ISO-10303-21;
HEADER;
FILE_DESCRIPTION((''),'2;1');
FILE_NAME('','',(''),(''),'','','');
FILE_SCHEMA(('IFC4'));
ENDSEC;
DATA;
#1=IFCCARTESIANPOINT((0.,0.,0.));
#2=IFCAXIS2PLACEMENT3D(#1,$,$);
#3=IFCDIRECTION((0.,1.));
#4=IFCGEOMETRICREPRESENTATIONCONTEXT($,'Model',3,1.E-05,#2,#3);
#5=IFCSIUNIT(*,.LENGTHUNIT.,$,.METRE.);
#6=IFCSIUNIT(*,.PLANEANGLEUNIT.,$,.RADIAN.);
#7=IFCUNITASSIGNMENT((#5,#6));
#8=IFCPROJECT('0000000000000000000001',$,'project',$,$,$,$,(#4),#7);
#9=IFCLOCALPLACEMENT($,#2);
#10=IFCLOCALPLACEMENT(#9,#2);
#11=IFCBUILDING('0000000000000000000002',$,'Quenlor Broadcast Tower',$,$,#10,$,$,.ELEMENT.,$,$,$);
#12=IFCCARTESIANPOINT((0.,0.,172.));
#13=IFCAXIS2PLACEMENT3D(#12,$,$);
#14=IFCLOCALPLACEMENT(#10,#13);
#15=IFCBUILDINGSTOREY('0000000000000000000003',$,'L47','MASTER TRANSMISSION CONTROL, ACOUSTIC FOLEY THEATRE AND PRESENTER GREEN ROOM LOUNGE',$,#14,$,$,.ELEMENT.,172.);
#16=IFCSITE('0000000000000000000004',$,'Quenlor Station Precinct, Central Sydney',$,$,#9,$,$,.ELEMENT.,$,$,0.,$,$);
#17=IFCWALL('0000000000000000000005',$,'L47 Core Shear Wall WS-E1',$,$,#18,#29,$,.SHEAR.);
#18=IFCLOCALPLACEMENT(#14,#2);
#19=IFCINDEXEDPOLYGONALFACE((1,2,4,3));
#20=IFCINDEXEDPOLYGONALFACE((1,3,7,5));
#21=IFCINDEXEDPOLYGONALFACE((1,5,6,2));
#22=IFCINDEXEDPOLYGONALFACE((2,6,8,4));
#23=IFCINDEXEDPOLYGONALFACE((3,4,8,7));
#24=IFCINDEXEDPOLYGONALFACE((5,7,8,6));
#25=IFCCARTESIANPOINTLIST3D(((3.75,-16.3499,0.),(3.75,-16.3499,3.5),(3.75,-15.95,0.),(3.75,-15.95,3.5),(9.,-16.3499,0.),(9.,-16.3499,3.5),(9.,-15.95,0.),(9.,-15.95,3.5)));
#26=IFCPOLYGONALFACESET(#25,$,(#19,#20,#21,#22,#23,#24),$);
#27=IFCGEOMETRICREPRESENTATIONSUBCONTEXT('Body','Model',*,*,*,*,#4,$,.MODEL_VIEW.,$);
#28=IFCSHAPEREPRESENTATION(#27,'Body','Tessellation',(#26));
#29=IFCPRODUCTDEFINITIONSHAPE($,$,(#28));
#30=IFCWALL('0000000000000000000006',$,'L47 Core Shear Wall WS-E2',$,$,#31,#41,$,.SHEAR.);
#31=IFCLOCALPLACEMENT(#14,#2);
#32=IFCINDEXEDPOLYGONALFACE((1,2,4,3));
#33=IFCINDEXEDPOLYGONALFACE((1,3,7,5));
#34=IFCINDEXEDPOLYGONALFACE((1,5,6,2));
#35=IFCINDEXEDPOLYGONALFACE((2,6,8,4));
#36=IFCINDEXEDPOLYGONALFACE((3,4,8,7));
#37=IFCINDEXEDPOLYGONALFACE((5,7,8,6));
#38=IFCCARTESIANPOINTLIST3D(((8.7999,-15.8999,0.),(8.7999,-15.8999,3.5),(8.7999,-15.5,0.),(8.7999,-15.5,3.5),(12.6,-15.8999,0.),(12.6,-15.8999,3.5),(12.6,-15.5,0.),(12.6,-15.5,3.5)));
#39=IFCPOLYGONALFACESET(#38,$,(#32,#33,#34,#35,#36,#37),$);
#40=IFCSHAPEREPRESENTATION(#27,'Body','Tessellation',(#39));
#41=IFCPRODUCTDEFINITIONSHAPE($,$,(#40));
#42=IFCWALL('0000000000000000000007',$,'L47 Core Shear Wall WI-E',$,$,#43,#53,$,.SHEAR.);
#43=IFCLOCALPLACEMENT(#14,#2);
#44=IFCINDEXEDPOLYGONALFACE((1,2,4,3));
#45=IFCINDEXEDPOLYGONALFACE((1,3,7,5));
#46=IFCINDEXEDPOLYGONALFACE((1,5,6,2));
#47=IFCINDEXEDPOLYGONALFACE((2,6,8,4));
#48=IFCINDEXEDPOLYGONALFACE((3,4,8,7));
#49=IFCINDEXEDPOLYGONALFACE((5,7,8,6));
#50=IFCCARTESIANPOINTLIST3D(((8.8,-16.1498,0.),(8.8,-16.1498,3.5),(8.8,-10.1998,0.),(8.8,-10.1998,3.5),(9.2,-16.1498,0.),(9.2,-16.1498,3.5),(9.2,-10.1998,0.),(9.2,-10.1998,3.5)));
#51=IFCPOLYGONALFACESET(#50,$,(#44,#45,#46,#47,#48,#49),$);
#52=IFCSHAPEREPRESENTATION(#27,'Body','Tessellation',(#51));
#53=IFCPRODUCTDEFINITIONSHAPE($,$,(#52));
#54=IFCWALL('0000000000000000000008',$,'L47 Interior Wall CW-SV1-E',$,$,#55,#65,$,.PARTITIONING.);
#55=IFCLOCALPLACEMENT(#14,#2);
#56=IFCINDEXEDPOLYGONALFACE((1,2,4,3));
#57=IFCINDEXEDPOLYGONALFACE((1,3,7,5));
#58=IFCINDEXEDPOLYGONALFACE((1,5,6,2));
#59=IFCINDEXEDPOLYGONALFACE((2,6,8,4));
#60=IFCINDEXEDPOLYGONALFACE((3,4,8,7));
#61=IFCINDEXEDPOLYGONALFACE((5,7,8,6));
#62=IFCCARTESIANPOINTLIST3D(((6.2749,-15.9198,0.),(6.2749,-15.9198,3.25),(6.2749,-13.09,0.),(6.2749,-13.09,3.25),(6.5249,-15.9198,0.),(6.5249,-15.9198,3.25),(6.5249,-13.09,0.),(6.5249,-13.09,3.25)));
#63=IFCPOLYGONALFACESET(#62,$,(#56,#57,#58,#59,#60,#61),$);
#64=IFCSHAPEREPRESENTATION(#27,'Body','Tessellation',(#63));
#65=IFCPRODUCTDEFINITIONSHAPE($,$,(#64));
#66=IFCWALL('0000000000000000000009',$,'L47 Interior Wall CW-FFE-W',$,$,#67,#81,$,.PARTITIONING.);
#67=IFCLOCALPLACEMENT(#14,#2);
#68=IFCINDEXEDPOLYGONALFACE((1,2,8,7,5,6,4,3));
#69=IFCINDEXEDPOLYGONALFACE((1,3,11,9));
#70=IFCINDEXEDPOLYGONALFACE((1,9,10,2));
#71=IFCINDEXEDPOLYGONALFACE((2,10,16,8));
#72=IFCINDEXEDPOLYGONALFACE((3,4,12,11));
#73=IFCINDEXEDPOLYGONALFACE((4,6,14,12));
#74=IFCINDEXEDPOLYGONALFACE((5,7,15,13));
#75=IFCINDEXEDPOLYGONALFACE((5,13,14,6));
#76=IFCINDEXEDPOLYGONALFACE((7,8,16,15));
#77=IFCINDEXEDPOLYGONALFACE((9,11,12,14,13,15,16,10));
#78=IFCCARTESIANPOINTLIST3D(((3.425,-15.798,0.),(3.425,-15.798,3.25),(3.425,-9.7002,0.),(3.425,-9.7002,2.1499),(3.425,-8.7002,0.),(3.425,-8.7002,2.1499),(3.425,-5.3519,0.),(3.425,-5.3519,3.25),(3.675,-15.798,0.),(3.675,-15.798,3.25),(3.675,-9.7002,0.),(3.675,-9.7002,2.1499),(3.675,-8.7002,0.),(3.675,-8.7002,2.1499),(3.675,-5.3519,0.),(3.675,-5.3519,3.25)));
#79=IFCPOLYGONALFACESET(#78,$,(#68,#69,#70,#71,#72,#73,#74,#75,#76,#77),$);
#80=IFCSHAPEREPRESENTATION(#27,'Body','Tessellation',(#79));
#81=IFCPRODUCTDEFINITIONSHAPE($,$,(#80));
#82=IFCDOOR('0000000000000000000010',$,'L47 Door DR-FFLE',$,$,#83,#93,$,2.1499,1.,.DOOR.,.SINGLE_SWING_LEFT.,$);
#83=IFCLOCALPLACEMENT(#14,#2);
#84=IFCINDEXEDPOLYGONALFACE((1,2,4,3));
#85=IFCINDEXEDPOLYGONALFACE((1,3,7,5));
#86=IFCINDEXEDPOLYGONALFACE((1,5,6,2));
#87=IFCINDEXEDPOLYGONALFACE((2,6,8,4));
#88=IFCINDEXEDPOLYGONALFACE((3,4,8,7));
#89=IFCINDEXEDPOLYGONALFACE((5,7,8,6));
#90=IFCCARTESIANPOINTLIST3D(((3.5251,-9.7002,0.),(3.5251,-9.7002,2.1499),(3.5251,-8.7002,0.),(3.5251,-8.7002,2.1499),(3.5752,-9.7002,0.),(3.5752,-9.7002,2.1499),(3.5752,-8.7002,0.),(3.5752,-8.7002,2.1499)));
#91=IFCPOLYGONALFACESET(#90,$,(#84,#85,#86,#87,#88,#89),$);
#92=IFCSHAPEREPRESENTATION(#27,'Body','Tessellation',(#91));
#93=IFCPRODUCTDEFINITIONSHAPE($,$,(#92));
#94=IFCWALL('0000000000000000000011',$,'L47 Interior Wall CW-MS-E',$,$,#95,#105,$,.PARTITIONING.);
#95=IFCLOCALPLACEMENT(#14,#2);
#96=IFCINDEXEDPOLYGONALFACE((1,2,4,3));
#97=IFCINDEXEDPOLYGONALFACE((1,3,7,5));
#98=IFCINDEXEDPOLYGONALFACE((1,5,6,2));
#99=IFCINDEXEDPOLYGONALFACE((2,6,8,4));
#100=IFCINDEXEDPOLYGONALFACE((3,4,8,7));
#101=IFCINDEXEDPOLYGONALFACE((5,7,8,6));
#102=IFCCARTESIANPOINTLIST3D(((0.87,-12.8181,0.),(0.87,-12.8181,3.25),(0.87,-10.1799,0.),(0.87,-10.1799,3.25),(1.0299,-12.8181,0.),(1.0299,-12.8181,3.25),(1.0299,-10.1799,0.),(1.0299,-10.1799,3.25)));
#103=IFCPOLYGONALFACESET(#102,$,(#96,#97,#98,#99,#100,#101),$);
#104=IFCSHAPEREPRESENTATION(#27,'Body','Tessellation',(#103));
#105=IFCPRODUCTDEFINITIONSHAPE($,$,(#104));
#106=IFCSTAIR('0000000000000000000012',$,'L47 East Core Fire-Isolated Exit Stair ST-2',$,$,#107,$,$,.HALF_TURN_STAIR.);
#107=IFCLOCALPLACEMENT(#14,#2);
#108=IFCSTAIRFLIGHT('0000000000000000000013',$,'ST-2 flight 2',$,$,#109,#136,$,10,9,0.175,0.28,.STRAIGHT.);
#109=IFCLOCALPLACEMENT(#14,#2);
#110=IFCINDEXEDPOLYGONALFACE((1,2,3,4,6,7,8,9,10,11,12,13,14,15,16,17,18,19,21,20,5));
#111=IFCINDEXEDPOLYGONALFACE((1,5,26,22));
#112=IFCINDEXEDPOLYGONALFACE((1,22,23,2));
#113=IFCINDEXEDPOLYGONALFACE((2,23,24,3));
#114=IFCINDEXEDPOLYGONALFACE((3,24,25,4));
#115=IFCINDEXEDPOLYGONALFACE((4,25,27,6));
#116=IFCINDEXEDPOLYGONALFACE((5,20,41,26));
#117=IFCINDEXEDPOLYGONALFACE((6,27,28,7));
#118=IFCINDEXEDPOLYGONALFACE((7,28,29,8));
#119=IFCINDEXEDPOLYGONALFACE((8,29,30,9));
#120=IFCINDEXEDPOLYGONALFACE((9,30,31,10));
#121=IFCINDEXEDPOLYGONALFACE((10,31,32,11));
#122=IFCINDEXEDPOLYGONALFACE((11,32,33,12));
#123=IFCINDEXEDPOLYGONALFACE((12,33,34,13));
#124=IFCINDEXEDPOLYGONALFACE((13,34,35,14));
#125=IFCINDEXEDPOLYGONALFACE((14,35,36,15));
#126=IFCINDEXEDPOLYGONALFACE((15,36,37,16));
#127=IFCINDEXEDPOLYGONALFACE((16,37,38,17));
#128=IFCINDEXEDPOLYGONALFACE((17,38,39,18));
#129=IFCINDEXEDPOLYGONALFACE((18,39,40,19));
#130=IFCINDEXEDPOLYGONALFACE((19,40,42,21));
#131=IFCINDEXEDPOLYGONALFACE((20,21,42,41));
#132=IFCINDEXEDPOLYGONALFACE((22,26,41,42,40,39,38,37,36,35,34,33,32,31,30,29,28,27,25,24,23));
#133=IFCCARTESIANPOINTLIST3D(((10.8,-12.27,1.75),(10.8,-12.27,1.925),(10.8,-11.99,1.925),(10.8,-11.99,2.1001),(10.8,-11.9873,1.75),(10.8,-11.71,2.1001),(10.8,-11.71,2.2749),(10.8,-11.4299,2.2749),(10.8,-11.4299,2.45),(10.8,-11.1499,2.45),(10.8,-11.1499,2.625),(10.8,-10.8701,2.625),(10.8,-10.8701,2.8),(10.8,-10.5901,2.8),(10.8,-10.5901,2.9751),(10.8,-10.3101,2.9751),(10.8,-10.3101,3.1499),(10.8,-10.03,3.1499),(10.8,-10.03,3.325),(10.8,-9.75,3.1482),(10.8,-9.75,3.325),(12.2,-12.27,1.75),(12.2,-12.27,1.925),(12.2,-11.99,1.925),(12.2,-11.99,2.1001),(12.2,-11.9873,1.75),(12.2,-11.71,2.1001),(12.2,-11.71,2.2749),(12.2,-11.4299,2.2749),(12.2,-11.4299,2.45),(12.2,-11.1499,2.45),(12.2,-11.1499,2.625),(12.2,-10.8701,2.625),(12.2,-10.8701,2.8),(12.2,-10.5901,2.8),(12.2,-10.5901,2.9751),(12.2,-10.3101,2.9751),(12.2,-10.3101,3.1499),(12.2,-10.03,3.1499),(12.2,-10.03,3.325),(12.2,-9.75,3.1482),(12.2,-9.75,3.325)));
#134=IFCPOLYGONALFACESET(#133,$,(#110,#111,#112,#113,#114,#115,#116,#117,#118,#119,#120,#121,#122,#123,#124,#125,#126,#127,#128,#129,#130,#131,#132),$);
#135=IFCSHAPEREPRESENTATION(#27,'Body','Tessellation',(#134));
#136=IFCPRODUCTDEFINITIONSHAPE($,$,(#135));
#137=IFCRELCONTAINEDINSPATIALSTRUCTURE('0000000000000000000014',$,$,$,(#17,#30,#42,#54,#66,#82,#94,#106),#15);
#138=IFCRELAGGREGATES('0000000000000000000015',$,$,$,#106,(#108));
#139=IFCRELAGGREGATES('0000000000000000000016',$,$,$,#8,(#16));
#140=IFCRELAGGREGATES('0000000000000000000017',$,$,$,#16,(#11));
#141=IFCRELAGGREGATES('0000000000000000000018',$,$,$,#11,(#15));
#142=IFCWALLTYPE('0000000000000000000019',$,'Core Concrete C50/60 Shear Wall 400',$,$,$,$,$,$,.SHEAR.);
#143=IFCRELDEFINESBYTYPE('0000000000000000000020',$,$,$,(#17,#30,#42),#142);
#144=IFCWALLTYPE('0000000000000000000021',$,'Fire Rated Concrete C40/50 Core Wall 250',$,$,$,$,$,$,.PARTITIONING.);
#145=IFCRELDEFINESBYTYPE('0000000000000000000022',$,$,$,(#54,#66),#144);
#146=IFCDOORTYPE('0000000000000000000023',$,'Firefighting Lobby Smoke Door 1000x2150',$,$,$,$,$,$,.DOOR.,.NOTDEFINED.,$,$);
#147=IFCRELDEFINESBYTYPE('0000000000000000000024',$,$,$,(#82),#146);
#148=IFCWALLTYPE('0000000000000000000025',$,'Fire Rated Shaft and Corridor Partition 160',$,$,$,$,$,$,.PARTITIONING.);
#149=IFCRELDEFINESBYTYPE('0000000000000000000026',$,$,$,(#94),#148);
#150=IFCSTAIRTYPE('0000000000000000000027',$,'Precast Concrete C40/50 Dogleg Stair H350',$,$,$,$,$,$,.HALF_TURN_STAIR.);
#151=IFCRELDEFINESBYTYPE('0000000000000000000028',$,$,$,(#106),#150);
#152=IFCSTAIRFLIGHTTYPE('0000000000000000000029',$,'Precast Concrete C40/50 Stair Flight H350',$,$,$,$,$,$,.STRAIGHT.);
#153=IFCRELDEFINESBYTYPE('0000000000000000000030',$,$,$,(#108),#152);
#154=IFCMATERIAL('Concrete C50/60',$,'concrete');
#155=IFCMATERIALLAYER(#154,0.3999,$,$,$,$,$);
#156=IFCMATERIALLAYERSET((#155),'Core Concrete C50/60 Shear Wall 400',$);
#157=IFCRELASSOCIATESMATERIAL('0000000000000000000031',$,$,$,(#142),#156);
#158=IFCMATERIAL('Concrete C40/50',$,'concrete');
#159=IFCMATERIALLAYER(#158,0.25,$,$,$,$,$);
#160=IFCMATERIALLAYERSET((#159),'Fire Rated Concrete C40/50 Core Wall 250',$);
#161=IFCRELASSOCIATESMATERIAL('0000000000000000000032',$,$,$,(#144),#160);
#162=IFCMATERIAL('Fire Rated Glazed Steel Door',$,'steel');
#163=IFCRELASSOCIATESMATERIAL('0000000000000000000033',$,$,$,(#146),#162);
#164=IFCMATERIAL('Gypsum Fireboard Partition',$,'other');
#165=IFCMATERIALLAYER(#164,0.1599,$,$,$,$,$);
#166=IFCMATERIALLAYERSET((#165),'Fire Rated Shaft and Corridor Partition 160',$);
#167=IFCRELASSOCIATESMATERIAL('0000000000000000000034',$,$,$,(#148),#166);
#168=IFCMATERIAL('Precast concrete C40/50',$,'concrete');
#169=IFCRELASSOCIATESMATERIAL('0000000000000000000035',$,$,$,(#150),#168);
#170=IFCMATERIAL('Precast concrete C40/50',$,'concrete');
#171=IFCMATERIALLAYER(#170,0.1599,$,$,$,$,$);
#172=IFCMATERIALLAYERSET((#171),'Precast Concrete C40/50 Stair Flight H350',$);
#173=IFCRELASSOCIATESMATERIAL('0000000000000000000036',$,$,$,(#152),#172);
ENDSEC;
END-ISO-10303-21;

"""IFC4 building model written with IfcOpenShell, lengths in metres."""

from ifc_helpers import new_model, si_unit, direction, frame, frame_2d, origin, place, context, subcontext, project, spatial, polyline, rectangle, outline, extrude, material, layer, layer_set, type_object, element, fill, aggregate, save


model = new_model("IFC4")

# Units and contexts
model_context = context("Model", 3, precision=1e-05, world=origin(), true_north=direction((0.0, 1.0)))
body_context = subcontext(model_context, "Body", "Model", "MODEL_VIEW")
ifc_project = project(units=[si_unit("LENGTHUNIT", "METRE"), si_unit("PLANEANGLEUNIT", "RADIAN")], contexts=[model_context])

# Site, building, storey
site_placement = place(None, origin())
site = spatial("IfcSite", under=ifc_project, at=site_placement, Name="Quenlor Station Precinct, Central Sydney", CompositionType="ELEMENT", RefElevation=0.0)
building_placement = place(site_placement, origin())
building = spatial("IfcBuilding", under=site, at=building_placement, Name="Quenlor Broadcast Tower", CompositionType="ELEMENT")
storey_placement = place(building_placement, frame((0.0, 0.0, 172.0)))
storey = spatial("IfcBuildingStorey", under=building, at=storey_placement, Name="L47", Description="MASTER TRANSMISSION CONTROL, ACOUSTIC FOLEY THEATRE AND PRESENTER GREEN ROOM LOUNGE", CompositionType="ELEMENT", Elevation=172.0)

# Walls
ifc_material_1 = material(Name="Concrete C50/60", Category="concrete")
ifc_layer_1 = layer(ifc_material_1, 0.3999)
ifc_layer_set_1 = layer_set([ifc_layer_1], Name="Core Concrete C50/60 Shear Wall 400")
wall_type_1 = type_object("IfcWallType", Name="Core Concrete C50/60 Shear Wall 400", PredefinedType="SHEAR", material=ifc_layer_set_1)
wall_1_placement = place(storey_placement, frame((3.75, -16.1499, 0.0), z_axis=(0.0, 0.0, 1.0), x_axis=(1.0, 0.0, 0.0)))
element("IfcWall", 1, at=wall_1_placement, inside=storey, type_object=wall_type_1, Name="L47 Core Shear Wall WS-E1", PredefinedType="SHEAR", context=body_context, shape_type="SweptSolid", body=[
    extrude(rectangle(XDim=5.25, YDim=0.3999, at=frame_2d((2.625, 0.0))), origin(), (0.0, 0.0, 1.0), 3.5),
])
wall_2_placement = place(storey_placement, frame((8.8, -15.7, 0.0), z_axis=(0.0, 0.0, 1.0), x_axis=(1.0, 0.0, 0.0)))
element("IfcWall", 2, at=wall_2_placement, inside=storey, type_object=wall_type_1, Name="L47 Core Shear Wall WS-E2", PredefinedType="SHEAR", context=body_context, shape_type="SweptSolid", body=[
    extrude(rectangle(XDim=3.8, YDim=0.3999, at=frame_2d((1.8999, 0.0))), origin(), (0.0, 0.0, 1.0), 3.5),
])
wall_3_placement = place(storey_placement, frame((9.0, -16.1499, 0.0), z_axis=(0.0, 0.0, 1.0), x_axis=(0.0, 1.0, 0.0)))
element("IfcWall", 3, at=wall_3_placement, inside=storey, type_object=wall_type_1, Name="L47 Core Shear Wall WI-E", PredefinedType="SHEAR", context=body_context, shape_type="SweptSolid", body=[
    extrude(rectangle(XDim=5.95, YDim=0.3999, at=frame_2d((2.9751, 0.0))), origin(), (0.0, 0.0, 1.0), 3.5),
])

# Shared definitions
ifc_material_2 = material(Name="Concrete C40/50", Category="concrete")
ifc_layer_2 = layer(ifc_material_2, 0.25)
ifc_layer_set_2 = layer_set([ifc_layer_2], Name="Fire Rated Concrete C40/50 Core Wall 250")
wall_type_2 = type_object("IfcWallType", Name="Fire Rated Concrete C40/50 Core Wall 250", PredefinedType="PARTITIONING", material=ifc_layer_set_2)

# Wall
wall_4_placement = place(storey_placement, frame((6.3999, -15.9199, 0.0), z_axis=(0.0, 0.0, 1.0), x_axis=(0.0, 1.0, 0.0)))
element("IfcWall", 4, at=wall_4_placement, inside=storey, type_object=wall_type_2, Name="L47 Interior Wall CW-SV1-E", PredefinedType="PARTITIONING", context=body_context, shape_type="SweptSolid", body=[
    extrude(rectangle(XDim=2.8298, YDim=0.25, at=frame_2d((1.415, 0.0))), origin(), (0.0, 0.0, 1.0), 3.25),
])

# Wall, opening, door
wall_5_placement = place(storey_placement, frame((3.55, -15.7981, 0.0), z_axis=(0.0, 0.0, 1.0), x_axis=(0.0, 1.0, 0.0)))
wall_5 = element("IfcWall", 5, at=wall_5_placement, inside=storey, type_object=wall_type_2, Name="L47 Interior Wall CW-FFE-W", PredefinedType="PARTITIONING", context=body_context, shape_type="SweptSolid", body=[
    extrude(rectangle(XDim=10.446, YDim=0.25, at=frame_2d((5.2231, 0.0))), origin(), (0.0, 0.0, 1.0), 3.25),
])
opening_1_placement = place(wall_5_placement, frame((6.0979, 0.0, 0.0)))
opening_1 = element("IfcOpeningElement", 6, at=opening_1_placement, cuts=wall_5, PredefinedType="OPENING", context=body_context, shape_type="SweptSolid", body=[
    extrude(rectangle(XDim=1.0, YDim=2.1499, at=frame_2d((0.5, 1.075))), frame((0.0, 0.135, 0.0), z_axis=(0.0, -1.0, 0.0), x_axis=(1.0, 0.0, 0.0)), (0.0, 0.0, 1.0), 0.27),
])
ifc_material_3 = material(Name="Fire Rated Glazed Steel Door", Category="steel")
door_type_1 = type_object("IfcDoorType", Name="Firefighting Lobby Smoke Door 1000x2150", OperationType="NOTDEFINED", PredefinedType="DOOR", material=ifc_material_3)
door_1_placement = place(opening_1_placement, origin())
door_1 = element("IfcDoor", 7, at=door_1_placement, inside=storey, type_object=door_type_1, Name="L47 Door DR-FFLE", OperationType="SINGLE_SWING_LEFT", OverallHeight=2.1499, OverallWidth=1.0, PredefinedType="DOOR", context=body_context, shape_type="SweptSolid", body=[
    extrude(rectangle(XDim=1.0, YDim=2.1499, at=frame_2d((0.5, 1.075))), frame((0.0, 0.0249, 0.0), z_axis=(0.0, -1.0, 0.0), x_axis=(1.0, 0.0, 0.0)), (0.0, 0.0, 1.0), 0.05),
])
fill(opening_1, door_1)

# Wall
ifc_material_4 = material(Name="Gypsum Fireboard Partition", Category="other")
ifc_layer_3 = layer(ifc_material_4, 0.1599)
ifc_layer_set_3 = layer_set([ifc_layer_3], Name="Fire Rated Shaft and Corridor Partition 160")
wall_type_3 = type_object("IfcWallType", Name="Fire Rated Shaft and Corridor Partition 160", PredefinedType="PARTITIONING", material=ifc_layer_set_3)
wall_6_placement = place(storey_placement, frame((0.95, -12.8181, 0.0), z_axis=(0.0, 0.0, 1.0), x_axis=(0.0, 1.0, 0.0)))
element("IfcWall", 8, at=wall_6_placement, inside=storey, type_object=wall_type_3, Name="L47 Interior Wall CW-MS-E", PredefinedType="PARTITIONING", context=body_context, shape_type="SweptSolid", body=[
    extrude(rectangle(XDim=2.6382, YDim=0.1599, at=frame_2d((1.3191, 0.0))), origin(), (0.0, 0.0, 1.0), 3.25),
])

# Stair, stair flight
ifc_material_5 = material(Name="Precast concrete C40/50", Category="concrete")
stair_type = type_object("IfcStairType", Name="Precast Concrete C40/50 Dogleg Stair H350", PredefinedType="HALF_TURN_STAIR", material=ifc_material_5)
stair_placement = place(storey_placement, origin())
stair = element("IfcStair", 9, at=stair_placement, inside=storey, type_object=stair_type, Name="L47 East Core Fire-Isolated Exit Stair ST-2", PredefinedType="HALF_TURN_STAIR")
ifc_material_6 = material(Name="Precast concrete C40/50", Category="concrete")
ifc_layer_4 = layer(ifc_material_6, 0.1599)
ifc_layer_set_4 = layer_set([ifc_layer_4], Name="Precast Concrete C40/50 Stair Flight H350")
stair_flight_type = type_object("IfcStairFlightType", Name="Precast Concrete C40/50 Stair Flight H350", PredefinedType="STRAIGHT", material=ifc_layer_set_4)
stair_flight_placement = place(storey_placement, frame((11.5, -12.27, 1.75), z_axis=(0.0, 0.0, 1.0), x_axis=(0.0, 1.0, 0.0)))
stair_flight = element("IfcStairFlight", 10, at=stair_flight_placement, type_object=stair_flight_type, Name="ST-2 flight 2", NumberOfRisers=10, NumberOfTreads=9, PredefinedType="STRAIGHT", RiserHeight=0.175, TreadLength=0.28, context=body_context, shape_type="SweptSolid", body=[
    extrude(outline(polyline([(0.0, 0.0), (0.0, 0.175), (0.28, 0.175), (0.28, 0.3501), (0.5601, 0.3501), (0.5601, 0.5249), (0.8401, 0.5249), (0.8401, 0.7), (1.1201, 0.7), (1.1201, 0.875), (1.3999, 0.875), (1.3999, 1.05), (1.6799, 1.05), (1.6799, 1.2251), (1.96, 1.2251), (1.96, 1.3999), (2.24, 1.3999), (2.24, 1.575), (2.52, 1.575), (2.52, 1.75), (2.52, 1.3982), (0.2827, 0.0), (0.0, 0.0)])), frame((0.0, 0.7, 0.0), z_axis=(0.0, -1.0, 0.0), x_axis=(1.0, 0.0, 0.0)), (0.0, 0.0, 1.0), 1.3999),
])
aggregate(stair, [stair_flight])

save(model, "model.ifc")
